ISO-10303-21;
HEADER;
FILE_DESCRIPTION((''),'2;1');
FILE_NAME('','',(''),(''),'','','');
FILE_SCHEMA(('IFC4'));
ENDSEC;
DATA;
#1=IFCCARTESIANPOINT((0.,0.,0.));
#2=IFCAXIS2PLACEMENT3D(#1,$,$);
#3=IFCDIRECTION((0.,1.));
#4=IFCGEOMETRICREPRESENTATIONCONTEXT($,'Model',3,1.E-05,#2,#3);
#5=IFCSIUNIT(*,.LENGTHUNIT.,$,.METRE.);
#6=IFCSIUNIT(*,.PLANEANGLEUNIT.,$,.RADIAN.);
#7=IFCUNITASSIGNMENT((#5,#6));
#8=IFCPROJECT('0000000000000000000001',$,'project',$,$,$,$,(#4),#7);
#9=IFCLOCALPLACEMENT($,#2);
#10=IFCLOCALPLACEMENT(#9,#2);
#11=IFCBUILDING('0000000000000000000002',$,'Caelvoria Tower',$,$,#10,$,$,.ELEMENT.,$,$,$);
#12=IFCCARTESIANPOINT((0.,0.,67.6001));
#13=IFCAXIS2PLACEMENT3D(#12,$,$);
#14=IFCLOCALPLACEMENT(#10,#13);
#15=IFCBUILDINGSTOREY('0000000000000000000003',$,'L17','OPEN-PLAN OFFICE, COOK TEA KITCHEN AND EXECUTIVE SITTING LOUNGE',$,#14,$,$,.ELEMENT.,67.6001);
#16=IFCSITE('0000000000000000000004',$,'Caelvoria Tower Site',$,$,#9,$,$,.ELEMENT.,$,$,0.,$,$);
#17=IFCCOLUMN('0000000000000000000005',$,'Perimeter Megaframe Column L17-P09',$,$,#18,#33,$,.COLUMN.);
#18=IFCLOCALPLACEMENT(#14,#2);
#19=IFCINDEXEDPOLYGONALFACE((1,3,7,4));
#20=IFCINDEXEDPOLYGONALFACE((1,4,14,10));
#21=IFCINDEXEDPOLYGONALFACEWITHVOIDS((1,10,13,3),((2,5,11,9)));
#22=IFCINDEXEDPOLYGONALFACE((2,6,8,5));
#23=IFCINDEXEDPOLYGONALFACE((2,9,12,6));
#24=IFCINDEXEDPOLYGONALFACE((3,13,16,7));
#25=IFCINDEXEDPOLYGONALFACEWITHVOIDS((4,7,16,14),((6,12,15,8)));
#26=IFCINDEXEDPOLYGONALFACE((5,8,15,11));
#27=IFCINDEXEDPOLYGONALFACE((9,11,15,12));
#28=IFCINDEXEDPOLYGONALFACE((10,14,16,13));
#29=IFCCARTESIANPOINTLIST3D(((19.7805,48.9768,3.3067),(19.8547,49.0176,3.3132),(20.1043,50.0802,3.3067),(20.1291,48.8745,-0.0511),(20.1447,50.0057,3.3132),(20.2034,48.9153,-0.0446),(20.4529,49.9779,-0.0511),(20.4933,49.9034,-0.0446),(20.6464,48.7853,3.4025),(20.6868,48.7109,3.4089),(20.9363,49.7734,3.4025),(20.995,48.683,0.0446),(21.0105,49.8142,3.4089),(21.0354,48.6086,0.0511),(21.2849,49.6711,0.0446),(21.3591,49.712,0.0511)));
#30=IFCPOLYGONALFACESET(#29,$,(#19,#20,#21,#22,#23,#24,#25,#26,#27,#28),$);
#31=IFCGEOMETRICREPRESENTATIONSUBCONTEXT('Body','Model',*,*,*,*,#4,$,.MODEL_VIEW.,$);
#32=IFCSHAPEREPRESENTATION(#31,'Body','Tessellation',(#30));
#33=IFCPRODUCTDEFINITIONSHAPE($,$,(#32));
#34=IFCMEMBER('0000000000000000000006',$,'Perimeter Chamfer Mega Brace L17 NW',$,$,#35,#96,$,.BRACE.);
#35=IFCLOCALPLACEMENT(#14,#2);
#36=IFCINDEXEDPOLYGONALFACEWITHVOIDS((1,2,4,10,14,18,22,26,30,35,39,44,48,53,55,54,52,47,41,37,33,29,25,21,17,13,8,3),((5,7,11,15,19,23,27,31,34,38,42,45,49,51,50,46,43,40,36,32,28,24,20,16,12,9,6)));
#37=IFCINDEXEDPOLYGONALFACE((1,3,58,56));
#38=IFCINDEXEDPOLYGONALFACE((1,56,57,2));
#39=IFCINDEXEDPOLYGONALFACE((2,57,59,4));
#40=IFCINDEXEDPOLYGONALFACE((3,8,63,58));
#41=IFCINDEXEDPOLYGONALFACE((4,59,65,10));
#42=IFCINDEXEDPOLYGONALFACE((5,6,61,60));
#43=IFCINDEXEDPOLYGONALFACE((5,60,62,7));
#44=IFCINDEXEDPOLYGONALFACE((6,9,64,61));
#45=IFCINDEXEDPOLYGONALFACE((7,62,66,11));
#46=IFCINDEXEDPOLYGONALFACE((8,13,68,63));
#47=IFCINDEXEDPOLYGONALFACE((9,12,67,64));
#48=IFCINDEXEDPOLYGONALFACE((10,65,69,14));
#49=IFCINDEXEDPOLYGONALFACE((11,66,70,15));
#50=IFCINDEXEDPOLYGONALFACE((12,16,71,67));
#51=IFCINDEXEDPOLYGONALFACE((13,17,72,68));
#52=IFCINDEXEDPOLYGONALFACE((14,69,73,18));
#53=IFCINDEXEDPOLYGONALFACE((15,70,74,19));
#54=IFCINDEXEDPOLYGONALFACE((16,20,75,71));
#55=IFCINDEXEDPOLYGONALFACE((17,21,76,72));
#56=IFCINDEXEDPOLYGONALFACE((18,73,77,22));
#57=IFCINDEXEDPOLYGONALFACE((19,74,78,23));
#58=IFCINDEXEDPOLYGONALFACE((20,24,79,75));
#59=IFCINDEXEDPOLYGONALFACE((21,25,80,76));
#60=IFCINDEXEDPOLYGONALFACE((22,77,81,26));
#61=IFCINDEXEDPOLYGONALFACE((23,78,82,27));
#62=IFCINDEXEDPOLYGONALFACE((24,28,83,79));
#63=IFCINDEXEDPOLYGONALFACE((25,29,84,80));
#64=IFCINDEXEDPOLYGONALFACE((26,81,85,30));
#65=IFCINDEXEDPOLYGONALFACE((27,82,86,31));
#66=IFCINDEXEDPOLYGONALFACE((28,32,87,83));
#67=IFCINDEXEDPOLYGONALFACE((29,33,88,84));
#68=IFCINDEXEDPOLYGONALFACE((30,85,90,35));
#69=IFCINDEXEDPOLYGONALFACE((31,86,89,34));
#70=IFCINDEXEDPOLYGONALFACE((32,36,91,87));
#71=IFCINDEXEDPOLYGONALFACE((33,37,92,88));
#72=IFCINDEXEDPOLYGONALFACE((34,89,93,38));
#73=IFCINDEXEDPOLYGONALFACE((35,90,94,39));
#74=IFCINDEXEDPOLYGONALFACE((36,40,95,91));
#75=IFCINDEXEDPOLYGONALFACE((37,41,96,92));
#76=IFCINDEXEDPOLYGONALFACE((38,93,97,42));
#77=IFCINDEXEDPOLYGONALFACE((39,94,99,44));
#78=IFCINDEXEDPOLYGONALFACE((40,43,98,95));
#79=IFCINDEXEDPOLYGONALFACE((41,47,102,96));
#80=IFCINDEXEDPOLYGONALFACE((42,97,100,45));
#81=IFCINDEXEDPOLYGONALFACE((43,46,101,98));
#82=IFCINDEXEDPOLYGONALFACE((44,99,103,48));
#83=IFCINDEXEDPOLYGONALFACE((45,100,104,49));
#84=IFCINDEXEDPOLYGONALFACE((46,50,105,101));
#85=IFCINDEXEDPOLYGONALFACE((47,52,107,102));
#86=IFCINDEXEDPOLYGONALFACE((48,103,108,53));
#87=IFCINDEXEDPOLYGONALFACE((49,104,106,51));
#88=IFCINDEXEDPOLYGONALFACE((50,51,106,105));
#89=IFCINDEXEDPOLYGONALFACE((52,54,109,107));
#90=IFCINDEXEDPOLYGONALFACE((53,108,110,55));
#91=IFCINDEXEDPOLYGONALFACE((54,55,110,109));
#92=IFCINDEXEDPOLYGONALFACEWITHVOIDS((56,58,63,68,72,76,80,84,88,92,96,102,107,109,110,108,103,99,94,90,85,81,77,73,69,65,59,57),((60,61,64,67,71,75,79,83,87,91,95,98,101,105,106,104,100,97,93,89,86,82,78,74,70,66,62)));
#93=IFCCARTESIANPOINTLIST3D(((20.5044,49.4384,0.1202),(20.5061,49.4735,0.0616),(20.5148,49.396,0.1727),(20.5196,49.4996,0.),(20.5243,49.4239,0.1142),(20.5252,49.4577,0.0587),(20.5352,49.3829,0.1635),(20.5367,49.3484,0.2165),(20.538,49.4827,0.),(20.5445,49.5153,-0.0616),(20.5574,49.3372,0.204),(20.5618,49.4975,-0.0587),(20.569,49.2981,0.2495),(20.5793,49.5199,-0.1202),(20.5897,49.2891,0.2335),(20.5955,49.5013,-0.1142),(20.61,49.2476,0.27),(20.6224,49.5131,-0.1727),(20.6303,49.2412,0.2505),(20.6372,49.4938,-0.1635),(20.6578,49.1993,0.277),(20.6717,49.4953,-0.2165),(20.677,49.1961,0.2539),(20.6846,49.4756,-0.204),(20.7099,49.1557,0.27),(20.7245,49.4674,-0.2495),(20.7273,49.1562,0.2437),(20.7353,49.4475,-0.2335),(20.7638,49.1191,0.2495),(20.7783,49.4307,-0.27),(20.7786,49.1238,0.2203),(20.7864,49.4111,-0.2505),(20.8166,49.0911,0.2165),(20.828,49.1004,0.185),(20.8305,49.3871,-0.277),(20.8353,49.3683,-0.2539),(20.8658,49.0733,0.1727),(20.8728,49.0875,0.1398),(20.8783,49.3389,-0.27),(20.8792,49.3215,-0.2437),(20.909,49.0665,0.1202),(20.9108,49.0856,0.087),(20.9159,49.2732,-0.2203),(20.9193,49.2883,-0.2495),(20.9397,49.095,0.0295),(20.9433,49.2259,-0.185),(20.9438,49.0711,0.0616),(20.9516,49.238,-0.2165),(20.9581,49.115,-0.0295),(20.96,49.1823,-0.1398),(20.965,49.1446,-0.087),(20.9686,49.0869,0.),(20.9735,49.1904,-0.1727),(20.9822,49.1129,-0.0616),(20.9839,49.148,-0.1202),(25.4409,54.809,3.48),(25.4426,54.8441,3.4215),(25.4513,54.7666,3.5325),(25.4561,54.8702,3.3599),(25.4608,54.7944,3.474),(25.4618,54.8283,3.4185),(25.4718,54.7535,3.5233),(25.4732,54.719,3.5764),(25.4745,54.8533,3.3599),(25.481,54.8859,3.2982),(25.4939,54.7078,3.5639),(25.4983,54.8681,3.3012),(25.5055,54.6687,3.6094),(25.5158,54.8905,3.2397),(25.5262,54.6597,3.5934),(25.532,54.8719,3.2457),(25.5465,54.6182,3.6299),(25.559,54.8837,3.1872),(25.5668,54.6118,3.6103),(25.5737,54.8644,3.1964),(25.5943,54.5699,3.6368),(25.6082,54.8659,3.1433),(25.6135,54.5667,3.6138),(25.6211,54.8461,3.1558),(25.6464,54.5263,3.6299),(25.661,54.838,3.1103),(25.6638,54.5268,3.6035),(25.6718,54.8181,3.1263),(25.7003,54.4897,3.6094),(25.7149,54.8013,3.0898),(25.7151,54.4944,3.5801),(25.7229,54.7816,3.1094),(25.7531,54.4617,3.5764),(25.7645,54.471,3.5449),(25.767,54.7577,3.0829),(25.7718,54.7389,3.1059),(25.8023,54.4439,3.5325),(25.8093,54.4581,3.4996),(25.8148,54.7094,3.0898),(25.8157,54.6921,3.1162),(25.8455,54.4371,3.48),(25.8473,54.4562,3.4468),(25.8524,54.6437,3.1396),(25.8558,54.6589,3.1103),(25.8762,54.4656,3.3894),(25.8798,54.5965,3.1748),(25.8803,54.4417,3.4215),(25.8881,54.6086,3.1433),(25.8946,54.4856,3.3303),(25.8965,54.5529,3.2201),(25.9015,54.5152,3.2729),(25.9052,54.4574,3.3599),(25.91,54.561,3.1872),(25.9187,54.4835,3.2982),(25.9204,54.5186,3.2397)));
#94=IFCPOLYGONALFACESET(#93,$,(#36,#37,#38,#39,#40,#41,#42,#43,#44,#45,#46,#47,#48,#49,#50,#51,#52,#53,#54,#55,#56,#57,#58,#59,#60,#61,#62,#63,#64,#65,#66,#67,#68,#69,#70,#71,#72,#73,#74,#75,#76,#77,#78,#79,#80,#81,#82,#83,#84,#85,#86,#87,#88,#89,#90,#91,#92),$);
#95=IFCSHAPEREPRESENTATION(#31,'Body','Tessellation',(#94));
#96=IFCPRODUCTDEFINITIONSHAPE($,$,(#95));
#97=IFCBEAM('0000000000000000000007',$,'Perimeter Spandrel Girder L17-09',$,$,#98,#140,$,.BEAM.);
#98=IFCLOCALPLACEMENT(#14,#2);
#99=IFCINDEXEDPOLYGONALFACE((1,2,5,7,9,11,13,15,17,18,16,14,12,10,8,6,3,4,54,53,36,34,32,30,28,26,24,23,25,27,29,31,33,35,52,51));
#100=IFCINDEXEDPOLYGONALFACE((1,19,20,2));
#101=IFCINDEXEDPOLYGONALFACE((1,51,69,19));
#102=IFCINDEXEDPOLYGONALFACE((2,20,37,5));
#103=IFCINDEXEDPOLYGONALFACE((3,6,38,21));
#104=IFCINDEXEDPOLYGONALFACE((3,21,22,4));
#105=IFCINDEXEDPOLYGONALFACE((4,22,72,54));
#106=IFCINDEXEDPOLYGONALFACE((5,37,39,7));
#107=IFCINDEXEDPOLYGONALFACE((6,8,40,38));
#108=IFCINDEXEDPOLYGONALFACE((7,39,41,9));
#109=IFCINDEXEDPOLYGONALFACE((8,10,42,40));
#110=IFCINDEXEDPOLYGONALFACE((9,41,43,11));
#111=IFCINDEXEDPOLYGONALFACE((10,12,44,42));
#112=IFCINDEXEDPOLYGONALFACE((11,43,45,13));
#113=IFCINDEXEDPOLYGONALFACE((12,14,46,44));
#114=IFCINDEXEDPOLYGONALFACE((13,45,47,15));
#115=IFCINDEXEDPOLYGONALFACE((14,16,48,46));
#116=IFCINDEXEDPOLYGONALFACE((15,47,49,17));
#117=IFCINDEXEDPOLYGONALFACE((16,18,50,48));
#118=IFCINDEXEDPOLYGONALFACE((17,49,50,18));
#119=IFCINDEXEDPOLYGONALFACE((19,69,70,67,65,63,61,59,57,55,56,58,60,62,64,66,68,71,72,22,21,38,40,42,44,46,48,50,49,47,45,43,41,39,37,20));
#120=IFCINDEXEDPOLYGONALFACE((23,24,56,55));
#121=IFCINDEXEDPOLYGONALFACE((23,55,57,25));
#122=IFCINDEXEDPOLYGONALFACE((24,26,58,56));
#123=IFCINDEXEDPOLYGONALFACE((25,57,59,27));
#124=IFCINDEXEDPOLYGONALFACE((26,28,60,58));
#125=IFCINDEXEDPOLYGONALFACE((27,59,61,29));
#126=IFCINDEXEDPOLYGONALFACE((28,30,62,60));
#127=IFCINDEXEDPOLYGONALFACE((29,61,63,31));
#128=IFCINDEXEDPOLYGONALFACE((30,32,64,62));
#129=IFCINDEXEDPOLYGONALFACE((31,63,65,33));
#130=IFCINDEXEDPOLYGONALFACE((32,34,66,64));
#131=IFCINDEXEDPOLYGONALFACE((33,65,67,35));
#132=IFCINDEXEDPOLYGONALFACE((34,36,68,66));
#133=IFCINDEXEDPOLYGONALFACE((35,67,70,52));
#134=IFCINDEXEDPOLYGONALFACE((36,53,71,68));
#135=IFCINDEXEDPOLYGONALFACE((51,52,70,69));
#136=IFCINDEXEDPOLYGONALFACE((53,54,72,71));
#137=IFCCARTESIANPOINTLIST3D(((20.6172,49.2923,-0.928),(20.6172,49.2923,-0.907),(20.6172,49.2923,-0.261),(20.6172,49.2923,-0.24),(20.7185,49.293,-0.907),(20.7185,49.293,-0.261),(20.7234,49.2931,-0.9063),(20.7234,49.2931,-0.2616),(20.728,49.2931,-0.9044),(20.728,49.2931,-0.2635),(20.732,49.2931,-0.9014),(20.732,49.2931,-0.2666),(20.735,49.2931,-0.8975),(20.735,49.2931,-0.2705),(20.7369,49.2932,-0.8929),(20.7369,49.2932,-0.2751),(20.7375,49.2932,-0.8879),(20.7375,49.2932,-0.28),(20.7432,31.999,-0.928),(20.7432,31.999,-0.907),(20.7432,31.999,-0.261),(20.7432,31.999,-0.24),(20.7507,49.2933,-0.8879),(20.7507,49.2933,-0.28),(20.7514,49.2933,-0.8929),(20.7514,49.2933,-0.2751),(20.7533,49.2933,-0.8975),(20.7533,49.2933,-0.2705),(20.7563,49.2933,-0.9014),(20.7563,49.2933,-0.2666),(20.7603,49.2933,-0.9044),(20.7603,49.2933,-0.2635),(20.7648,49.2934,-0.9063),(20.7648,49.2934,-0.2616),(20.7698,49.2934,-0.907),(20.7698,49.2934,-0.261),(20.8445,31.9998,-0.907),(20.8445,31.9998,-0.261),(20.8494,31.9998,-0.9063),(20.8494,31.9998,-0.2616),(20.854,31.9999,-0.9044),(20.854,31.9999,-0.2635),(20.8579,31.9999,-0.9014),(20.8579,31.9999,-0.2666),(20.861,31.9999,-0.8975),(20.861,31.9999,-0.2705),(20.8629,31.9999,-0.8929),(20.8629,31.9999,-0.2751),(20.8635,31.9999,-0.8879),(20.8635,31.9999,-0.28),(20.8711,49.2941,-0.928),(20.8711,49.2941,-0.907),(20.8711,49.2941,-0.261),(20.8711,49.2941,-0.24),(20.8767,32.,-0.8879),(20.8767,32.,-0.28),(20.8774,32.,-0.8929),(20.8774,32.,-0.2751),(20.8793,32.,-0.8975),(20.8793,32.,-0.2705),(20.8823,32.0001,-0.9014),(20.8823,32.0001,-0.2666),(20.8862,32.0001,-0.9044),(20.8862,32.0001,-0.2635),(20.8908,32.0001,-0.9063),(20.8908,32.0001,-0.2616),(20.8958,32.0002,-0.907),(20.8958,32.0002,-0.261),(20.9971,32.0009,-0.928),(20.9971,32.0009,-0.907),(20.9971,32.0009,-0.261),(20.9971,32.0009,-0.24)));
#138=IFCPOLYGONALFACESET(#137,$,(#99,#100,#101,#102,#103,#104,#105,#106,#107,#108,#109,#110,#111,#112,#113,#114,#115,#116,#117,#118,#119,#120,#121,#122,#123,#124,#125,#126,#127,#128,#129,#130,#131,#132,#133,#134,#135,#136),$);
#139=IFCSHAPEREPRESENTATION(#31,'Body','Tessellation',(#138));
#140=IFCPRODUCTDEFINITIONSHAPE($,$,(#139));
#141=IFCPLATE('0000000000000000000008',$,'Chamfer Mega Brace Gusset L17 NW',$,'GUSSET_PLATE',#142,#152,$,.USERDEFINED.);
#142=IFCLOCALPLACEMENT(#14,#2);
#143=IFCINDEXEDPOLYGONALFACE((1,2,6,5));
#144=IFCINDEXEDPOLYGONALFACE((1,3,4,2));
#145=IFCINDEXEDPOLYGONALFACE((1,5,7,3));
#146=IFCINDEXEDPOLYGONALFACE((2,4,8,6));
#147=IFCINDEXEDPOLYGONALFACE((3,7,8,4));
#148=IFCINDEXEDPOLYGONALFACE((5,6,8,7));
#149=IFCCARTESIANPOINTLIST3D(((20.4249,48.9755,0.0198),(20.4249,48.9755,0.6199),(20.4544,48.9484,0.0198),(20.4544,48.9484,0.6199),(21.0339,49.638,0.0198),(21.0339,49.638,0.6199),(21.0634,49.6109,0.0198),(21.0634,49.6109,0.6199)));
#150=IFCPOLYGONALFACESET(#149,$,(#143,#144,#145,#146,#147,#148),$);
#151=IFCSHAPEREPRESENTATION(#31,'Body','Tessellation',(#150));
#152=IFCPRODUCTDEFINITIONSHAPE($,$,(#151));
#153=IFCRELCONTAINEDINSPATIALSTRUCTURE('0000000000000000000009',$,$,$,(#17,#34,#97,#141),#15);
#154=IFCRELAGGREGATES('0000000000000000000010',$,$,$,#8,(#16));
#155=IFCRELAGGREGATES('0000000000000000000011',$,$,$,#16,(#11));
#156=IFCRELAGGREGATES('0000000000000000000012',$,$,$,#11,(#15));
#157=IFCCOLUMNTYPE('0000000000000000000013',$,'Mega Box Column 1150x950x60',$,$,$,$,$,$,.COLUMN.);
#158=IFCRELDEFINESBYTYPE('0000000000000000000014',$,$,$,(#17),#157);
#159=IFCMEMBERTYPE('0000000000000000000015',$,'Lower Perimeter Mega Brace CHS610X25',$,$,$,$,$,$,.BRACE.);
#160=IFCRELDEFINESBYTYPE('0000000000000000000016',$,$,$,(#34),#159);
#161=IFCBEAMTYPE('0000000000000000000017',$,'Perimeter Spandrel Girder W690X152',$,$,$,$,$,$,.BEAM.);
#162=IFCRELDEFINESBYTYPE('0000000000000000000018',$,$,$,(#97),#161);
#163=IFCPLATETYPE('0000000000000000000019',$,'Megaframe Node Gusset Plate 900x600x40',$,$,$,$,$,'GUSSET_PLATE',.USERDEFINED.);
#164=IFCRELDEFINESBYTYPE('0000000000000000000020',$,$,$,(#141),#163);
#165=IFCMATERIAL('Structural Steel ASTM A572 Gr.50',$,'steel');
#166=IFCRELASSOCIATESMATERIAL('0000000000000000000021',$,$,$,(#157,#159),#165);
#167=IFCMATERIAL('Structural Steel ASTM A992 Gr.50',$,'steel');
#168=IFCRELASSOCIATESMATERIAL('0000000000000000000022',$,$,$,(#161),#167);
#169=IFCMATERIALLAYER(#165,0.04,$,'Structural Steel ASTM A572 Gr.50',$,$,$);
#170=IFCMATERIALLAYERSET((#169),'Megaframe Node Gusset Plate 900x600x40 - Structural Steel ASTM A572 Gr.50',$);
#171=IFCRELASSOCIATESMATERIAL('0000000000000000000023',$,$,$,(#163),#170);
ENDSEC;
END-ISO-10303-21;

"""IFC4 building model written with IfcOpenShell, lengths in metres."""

from ifc_helpers import new_model, si_unit, direction, frame, origin, origin_2d, place, context, subcontext, project, spatial, rectangle, hollow_rectangle, hollow_circle, i_section, extrude, material, layer, layer_set, material_profile, profile_set, type_object, element, save


model = new_model("IFC4")

# Units and contexts
model_context = context("Model", 3, precision=1e-05, world=origin(), true_north=direction((0.0, 1.0)))
body_context = subcontext(model_context, "Body", "Model", "MODEL_VIEW")
ifc_project = project(units=[si_unit("LENGTHUNIT", "METRE"), si_unit("PLANEANGLEUNIT", "RADIAN")], contexts=[model_context])

# Site, building, storey
site_placement = place(None, origin())
site = spatial("IfcSite", under=ifc_project, at=site_placement, Name="Caelvoria Tower Site", CompositionType="ELEMENT", RefElevation=0.0)
building_placement = place(site_placement, origin())
building = spatial("IfcBuilding", under=site, at=building_placement, Name="Caelvoria Tower", CompositionType="ELEMENT")
storey_placement = place(building_placement, frame((0.0, 0.0, 67.6001)))
storey = spatial("IfcBuildingStorey", under=building, at=storey_placement, Name="L17", Description="OPEN-PLAN OFFICE, COOK TEA KITCHEN AND EXECUTIVE SITTING LOUNGE", CompositionType="ELEMENT", Elevation=67.6001)

# Column
ifc_material_1 = material(Name="Structural Steel ASTM A572 Gr.50", Category="steel")
ifc_material_profile_1 = material_profile(ifc_material_1, hollow_rectangle(XDim=0.95, YDim=1.1499, WallThickness=0.0601, at=origin_2d()), Name="Structural Steel ASTM A572 Gr.50")
ifc_profile_set_1 = profile_set([ifc_material_profile_1], Name="BOX1150X950X60 - Structural Steel ASTM A572 Gr.50")
column_type = type_object("IfcColumnType", Name="Mega Box Column 1150x950x60", PredefinedType="COLUMN", material=ifc_profile_set_1)
column_placement = place(storey_placement, frame((20.7441, 49.2932, 0.0), z_axis=(-0.103222, 0.030287, 0.994197), x_axis=(0.953979, -0.279914, 0.107574)))
element("IfcColumn", 1, at=column_placement, inside=storey, type_object=column_type, Name="Perimeter Megaframe Column L17-P09", PredefinedType="COLUMN", context=body_context, shape_type="SweptSolid", body=[
    extrude(hollow_rectangle(XDim=0.95, YDim=1.1499, WallThickness=0.0601, at=origin_2d()), origin(), (0.0, 0.0, 1.0), 3.3774),
])

# Member
ifc_material_profile_2 = material_profile(ifc_material_1, hollow_circle(Radius=0.3049, WallThickness=0.0249, at=origin_2d()), Name="Structural Steel ASTM A572 Gr.50")
ifc_profile_set_2 = profile_set([ifc_material_profile_2], Name="CHS610X25 - Structural Steel ASTM A572 Gr.50")
member_type = type_object("IfcMemberType", Name="Lower Perimeter Mega Brace CHS610X25", PredefinedType="BRACE", material=ifc_profile_set_2)
member_placement = place(storey_placement, frame((20.7441, 49.2932, 0.0), z_axis=(0.614663, 0.668712, 0.418348), x_axis=(-0.736234, 0.676727, 0.0)))
element("IfcMember", 2, at=member_placement, inside=storey, type_object=member_type, Name="Perimeter Chamfer Mega Brace L17 NW", PredefinedType="BRACE", context=body_context, shape_type="SweptSolid", body=[
    extrude(hollow_circle(Radius=0.3049, WallThickness=0.0249, at=origin_2d()), origin(), (0.0, 0.0, 1.0), 8.0312),
])

# Beam
ifc_material_2 = material(Name="Structural Steel ASTM A992 Gr.50", Category="steel")
ifc_material_profile_3 = material_profile(ifc_material_2, i_section(OverallWidth=0.2539, OverallDepth=0.688, WebThickness=0.0132, FlangeThickness=0.021, FilletRadius=0.019, at=origin_2d()), Name="Structural Steel ASTM A992 Gr.50")
ifc_profile_set_3 = profile_set([ifc_material_profile_3], Name="W690X152 - Structural Steel ASTM A992 Gr.50")
beam_type = type_object("IfcBeamType", Name="Perimeter Spandrel Girder W690X152", PredefinedType="BEAM", material=ifc_profile_set_3)
beam_placement = place(storey_placement, frame((20.7441, 49.2932, -0.584), z_axis=(0.007285, -0.999973, 0.0), x_axis=(0.999973, 0.007285, 0.0)))
element("IfcBeam", 3, at=beam_placement, inside=storey, type_object=beam_type, Name="Perimeter Spandrel Girder L17-09", PredefinedType="BEAM", context=body_context, shape_type="SweptSolid", body=[
    extrude(i_section(OverallWidth=0.2539, OverallDepth=0.688, WebThickness=0.0132, FlangeThickness=0.021, FilletRadius=0.019, at=origin_2d()), origin(), (0.0, 0.0, 1.0), 17.2937),
])

# Plate
ifc_layer_1 = layer(ifc_material_1, 0.04, Name="Structural Steel ASTM A572 Gr.50")
ifc_layer_set_1 = layer_set([ifc_layer_1], Name="Megaframe Node Gusset Plate 900x600x40 - Structural Steel ASTM A572 Gr.50")
plate_type = type_object("IfcPlateType", Name="Megaframe Node Gusset Plate 900x600x40", ElementType="GUSSET_PLATE", PredefinedType="USERDEFINED", material=ifc_layer_set_1)
plate_placement = place(storey_placement, frame((20.7441, 49.2932, 0.0198), z_axis=(0.0, 0.0, 1.0), x_axis=(0.676719, 0.736241, 0.0)))
element("IfcPlate", 4, at=plate_placement, inside=storey, type_object=plate_type, Name="Chamfer Mega Brace Gusset L17 NW", ObjectType="GUSSET_PLATE", PredefinedType="USERDEFINED", context=body_context, shape_type="SweptSolid", body=[
    extrude(rectangle(XDim=0.8999, YDim=0.04, at=origin_2d()), origin(), (0.0, 0.0, 1.0), 0.6001),
])

save(model, "model.ifc")
